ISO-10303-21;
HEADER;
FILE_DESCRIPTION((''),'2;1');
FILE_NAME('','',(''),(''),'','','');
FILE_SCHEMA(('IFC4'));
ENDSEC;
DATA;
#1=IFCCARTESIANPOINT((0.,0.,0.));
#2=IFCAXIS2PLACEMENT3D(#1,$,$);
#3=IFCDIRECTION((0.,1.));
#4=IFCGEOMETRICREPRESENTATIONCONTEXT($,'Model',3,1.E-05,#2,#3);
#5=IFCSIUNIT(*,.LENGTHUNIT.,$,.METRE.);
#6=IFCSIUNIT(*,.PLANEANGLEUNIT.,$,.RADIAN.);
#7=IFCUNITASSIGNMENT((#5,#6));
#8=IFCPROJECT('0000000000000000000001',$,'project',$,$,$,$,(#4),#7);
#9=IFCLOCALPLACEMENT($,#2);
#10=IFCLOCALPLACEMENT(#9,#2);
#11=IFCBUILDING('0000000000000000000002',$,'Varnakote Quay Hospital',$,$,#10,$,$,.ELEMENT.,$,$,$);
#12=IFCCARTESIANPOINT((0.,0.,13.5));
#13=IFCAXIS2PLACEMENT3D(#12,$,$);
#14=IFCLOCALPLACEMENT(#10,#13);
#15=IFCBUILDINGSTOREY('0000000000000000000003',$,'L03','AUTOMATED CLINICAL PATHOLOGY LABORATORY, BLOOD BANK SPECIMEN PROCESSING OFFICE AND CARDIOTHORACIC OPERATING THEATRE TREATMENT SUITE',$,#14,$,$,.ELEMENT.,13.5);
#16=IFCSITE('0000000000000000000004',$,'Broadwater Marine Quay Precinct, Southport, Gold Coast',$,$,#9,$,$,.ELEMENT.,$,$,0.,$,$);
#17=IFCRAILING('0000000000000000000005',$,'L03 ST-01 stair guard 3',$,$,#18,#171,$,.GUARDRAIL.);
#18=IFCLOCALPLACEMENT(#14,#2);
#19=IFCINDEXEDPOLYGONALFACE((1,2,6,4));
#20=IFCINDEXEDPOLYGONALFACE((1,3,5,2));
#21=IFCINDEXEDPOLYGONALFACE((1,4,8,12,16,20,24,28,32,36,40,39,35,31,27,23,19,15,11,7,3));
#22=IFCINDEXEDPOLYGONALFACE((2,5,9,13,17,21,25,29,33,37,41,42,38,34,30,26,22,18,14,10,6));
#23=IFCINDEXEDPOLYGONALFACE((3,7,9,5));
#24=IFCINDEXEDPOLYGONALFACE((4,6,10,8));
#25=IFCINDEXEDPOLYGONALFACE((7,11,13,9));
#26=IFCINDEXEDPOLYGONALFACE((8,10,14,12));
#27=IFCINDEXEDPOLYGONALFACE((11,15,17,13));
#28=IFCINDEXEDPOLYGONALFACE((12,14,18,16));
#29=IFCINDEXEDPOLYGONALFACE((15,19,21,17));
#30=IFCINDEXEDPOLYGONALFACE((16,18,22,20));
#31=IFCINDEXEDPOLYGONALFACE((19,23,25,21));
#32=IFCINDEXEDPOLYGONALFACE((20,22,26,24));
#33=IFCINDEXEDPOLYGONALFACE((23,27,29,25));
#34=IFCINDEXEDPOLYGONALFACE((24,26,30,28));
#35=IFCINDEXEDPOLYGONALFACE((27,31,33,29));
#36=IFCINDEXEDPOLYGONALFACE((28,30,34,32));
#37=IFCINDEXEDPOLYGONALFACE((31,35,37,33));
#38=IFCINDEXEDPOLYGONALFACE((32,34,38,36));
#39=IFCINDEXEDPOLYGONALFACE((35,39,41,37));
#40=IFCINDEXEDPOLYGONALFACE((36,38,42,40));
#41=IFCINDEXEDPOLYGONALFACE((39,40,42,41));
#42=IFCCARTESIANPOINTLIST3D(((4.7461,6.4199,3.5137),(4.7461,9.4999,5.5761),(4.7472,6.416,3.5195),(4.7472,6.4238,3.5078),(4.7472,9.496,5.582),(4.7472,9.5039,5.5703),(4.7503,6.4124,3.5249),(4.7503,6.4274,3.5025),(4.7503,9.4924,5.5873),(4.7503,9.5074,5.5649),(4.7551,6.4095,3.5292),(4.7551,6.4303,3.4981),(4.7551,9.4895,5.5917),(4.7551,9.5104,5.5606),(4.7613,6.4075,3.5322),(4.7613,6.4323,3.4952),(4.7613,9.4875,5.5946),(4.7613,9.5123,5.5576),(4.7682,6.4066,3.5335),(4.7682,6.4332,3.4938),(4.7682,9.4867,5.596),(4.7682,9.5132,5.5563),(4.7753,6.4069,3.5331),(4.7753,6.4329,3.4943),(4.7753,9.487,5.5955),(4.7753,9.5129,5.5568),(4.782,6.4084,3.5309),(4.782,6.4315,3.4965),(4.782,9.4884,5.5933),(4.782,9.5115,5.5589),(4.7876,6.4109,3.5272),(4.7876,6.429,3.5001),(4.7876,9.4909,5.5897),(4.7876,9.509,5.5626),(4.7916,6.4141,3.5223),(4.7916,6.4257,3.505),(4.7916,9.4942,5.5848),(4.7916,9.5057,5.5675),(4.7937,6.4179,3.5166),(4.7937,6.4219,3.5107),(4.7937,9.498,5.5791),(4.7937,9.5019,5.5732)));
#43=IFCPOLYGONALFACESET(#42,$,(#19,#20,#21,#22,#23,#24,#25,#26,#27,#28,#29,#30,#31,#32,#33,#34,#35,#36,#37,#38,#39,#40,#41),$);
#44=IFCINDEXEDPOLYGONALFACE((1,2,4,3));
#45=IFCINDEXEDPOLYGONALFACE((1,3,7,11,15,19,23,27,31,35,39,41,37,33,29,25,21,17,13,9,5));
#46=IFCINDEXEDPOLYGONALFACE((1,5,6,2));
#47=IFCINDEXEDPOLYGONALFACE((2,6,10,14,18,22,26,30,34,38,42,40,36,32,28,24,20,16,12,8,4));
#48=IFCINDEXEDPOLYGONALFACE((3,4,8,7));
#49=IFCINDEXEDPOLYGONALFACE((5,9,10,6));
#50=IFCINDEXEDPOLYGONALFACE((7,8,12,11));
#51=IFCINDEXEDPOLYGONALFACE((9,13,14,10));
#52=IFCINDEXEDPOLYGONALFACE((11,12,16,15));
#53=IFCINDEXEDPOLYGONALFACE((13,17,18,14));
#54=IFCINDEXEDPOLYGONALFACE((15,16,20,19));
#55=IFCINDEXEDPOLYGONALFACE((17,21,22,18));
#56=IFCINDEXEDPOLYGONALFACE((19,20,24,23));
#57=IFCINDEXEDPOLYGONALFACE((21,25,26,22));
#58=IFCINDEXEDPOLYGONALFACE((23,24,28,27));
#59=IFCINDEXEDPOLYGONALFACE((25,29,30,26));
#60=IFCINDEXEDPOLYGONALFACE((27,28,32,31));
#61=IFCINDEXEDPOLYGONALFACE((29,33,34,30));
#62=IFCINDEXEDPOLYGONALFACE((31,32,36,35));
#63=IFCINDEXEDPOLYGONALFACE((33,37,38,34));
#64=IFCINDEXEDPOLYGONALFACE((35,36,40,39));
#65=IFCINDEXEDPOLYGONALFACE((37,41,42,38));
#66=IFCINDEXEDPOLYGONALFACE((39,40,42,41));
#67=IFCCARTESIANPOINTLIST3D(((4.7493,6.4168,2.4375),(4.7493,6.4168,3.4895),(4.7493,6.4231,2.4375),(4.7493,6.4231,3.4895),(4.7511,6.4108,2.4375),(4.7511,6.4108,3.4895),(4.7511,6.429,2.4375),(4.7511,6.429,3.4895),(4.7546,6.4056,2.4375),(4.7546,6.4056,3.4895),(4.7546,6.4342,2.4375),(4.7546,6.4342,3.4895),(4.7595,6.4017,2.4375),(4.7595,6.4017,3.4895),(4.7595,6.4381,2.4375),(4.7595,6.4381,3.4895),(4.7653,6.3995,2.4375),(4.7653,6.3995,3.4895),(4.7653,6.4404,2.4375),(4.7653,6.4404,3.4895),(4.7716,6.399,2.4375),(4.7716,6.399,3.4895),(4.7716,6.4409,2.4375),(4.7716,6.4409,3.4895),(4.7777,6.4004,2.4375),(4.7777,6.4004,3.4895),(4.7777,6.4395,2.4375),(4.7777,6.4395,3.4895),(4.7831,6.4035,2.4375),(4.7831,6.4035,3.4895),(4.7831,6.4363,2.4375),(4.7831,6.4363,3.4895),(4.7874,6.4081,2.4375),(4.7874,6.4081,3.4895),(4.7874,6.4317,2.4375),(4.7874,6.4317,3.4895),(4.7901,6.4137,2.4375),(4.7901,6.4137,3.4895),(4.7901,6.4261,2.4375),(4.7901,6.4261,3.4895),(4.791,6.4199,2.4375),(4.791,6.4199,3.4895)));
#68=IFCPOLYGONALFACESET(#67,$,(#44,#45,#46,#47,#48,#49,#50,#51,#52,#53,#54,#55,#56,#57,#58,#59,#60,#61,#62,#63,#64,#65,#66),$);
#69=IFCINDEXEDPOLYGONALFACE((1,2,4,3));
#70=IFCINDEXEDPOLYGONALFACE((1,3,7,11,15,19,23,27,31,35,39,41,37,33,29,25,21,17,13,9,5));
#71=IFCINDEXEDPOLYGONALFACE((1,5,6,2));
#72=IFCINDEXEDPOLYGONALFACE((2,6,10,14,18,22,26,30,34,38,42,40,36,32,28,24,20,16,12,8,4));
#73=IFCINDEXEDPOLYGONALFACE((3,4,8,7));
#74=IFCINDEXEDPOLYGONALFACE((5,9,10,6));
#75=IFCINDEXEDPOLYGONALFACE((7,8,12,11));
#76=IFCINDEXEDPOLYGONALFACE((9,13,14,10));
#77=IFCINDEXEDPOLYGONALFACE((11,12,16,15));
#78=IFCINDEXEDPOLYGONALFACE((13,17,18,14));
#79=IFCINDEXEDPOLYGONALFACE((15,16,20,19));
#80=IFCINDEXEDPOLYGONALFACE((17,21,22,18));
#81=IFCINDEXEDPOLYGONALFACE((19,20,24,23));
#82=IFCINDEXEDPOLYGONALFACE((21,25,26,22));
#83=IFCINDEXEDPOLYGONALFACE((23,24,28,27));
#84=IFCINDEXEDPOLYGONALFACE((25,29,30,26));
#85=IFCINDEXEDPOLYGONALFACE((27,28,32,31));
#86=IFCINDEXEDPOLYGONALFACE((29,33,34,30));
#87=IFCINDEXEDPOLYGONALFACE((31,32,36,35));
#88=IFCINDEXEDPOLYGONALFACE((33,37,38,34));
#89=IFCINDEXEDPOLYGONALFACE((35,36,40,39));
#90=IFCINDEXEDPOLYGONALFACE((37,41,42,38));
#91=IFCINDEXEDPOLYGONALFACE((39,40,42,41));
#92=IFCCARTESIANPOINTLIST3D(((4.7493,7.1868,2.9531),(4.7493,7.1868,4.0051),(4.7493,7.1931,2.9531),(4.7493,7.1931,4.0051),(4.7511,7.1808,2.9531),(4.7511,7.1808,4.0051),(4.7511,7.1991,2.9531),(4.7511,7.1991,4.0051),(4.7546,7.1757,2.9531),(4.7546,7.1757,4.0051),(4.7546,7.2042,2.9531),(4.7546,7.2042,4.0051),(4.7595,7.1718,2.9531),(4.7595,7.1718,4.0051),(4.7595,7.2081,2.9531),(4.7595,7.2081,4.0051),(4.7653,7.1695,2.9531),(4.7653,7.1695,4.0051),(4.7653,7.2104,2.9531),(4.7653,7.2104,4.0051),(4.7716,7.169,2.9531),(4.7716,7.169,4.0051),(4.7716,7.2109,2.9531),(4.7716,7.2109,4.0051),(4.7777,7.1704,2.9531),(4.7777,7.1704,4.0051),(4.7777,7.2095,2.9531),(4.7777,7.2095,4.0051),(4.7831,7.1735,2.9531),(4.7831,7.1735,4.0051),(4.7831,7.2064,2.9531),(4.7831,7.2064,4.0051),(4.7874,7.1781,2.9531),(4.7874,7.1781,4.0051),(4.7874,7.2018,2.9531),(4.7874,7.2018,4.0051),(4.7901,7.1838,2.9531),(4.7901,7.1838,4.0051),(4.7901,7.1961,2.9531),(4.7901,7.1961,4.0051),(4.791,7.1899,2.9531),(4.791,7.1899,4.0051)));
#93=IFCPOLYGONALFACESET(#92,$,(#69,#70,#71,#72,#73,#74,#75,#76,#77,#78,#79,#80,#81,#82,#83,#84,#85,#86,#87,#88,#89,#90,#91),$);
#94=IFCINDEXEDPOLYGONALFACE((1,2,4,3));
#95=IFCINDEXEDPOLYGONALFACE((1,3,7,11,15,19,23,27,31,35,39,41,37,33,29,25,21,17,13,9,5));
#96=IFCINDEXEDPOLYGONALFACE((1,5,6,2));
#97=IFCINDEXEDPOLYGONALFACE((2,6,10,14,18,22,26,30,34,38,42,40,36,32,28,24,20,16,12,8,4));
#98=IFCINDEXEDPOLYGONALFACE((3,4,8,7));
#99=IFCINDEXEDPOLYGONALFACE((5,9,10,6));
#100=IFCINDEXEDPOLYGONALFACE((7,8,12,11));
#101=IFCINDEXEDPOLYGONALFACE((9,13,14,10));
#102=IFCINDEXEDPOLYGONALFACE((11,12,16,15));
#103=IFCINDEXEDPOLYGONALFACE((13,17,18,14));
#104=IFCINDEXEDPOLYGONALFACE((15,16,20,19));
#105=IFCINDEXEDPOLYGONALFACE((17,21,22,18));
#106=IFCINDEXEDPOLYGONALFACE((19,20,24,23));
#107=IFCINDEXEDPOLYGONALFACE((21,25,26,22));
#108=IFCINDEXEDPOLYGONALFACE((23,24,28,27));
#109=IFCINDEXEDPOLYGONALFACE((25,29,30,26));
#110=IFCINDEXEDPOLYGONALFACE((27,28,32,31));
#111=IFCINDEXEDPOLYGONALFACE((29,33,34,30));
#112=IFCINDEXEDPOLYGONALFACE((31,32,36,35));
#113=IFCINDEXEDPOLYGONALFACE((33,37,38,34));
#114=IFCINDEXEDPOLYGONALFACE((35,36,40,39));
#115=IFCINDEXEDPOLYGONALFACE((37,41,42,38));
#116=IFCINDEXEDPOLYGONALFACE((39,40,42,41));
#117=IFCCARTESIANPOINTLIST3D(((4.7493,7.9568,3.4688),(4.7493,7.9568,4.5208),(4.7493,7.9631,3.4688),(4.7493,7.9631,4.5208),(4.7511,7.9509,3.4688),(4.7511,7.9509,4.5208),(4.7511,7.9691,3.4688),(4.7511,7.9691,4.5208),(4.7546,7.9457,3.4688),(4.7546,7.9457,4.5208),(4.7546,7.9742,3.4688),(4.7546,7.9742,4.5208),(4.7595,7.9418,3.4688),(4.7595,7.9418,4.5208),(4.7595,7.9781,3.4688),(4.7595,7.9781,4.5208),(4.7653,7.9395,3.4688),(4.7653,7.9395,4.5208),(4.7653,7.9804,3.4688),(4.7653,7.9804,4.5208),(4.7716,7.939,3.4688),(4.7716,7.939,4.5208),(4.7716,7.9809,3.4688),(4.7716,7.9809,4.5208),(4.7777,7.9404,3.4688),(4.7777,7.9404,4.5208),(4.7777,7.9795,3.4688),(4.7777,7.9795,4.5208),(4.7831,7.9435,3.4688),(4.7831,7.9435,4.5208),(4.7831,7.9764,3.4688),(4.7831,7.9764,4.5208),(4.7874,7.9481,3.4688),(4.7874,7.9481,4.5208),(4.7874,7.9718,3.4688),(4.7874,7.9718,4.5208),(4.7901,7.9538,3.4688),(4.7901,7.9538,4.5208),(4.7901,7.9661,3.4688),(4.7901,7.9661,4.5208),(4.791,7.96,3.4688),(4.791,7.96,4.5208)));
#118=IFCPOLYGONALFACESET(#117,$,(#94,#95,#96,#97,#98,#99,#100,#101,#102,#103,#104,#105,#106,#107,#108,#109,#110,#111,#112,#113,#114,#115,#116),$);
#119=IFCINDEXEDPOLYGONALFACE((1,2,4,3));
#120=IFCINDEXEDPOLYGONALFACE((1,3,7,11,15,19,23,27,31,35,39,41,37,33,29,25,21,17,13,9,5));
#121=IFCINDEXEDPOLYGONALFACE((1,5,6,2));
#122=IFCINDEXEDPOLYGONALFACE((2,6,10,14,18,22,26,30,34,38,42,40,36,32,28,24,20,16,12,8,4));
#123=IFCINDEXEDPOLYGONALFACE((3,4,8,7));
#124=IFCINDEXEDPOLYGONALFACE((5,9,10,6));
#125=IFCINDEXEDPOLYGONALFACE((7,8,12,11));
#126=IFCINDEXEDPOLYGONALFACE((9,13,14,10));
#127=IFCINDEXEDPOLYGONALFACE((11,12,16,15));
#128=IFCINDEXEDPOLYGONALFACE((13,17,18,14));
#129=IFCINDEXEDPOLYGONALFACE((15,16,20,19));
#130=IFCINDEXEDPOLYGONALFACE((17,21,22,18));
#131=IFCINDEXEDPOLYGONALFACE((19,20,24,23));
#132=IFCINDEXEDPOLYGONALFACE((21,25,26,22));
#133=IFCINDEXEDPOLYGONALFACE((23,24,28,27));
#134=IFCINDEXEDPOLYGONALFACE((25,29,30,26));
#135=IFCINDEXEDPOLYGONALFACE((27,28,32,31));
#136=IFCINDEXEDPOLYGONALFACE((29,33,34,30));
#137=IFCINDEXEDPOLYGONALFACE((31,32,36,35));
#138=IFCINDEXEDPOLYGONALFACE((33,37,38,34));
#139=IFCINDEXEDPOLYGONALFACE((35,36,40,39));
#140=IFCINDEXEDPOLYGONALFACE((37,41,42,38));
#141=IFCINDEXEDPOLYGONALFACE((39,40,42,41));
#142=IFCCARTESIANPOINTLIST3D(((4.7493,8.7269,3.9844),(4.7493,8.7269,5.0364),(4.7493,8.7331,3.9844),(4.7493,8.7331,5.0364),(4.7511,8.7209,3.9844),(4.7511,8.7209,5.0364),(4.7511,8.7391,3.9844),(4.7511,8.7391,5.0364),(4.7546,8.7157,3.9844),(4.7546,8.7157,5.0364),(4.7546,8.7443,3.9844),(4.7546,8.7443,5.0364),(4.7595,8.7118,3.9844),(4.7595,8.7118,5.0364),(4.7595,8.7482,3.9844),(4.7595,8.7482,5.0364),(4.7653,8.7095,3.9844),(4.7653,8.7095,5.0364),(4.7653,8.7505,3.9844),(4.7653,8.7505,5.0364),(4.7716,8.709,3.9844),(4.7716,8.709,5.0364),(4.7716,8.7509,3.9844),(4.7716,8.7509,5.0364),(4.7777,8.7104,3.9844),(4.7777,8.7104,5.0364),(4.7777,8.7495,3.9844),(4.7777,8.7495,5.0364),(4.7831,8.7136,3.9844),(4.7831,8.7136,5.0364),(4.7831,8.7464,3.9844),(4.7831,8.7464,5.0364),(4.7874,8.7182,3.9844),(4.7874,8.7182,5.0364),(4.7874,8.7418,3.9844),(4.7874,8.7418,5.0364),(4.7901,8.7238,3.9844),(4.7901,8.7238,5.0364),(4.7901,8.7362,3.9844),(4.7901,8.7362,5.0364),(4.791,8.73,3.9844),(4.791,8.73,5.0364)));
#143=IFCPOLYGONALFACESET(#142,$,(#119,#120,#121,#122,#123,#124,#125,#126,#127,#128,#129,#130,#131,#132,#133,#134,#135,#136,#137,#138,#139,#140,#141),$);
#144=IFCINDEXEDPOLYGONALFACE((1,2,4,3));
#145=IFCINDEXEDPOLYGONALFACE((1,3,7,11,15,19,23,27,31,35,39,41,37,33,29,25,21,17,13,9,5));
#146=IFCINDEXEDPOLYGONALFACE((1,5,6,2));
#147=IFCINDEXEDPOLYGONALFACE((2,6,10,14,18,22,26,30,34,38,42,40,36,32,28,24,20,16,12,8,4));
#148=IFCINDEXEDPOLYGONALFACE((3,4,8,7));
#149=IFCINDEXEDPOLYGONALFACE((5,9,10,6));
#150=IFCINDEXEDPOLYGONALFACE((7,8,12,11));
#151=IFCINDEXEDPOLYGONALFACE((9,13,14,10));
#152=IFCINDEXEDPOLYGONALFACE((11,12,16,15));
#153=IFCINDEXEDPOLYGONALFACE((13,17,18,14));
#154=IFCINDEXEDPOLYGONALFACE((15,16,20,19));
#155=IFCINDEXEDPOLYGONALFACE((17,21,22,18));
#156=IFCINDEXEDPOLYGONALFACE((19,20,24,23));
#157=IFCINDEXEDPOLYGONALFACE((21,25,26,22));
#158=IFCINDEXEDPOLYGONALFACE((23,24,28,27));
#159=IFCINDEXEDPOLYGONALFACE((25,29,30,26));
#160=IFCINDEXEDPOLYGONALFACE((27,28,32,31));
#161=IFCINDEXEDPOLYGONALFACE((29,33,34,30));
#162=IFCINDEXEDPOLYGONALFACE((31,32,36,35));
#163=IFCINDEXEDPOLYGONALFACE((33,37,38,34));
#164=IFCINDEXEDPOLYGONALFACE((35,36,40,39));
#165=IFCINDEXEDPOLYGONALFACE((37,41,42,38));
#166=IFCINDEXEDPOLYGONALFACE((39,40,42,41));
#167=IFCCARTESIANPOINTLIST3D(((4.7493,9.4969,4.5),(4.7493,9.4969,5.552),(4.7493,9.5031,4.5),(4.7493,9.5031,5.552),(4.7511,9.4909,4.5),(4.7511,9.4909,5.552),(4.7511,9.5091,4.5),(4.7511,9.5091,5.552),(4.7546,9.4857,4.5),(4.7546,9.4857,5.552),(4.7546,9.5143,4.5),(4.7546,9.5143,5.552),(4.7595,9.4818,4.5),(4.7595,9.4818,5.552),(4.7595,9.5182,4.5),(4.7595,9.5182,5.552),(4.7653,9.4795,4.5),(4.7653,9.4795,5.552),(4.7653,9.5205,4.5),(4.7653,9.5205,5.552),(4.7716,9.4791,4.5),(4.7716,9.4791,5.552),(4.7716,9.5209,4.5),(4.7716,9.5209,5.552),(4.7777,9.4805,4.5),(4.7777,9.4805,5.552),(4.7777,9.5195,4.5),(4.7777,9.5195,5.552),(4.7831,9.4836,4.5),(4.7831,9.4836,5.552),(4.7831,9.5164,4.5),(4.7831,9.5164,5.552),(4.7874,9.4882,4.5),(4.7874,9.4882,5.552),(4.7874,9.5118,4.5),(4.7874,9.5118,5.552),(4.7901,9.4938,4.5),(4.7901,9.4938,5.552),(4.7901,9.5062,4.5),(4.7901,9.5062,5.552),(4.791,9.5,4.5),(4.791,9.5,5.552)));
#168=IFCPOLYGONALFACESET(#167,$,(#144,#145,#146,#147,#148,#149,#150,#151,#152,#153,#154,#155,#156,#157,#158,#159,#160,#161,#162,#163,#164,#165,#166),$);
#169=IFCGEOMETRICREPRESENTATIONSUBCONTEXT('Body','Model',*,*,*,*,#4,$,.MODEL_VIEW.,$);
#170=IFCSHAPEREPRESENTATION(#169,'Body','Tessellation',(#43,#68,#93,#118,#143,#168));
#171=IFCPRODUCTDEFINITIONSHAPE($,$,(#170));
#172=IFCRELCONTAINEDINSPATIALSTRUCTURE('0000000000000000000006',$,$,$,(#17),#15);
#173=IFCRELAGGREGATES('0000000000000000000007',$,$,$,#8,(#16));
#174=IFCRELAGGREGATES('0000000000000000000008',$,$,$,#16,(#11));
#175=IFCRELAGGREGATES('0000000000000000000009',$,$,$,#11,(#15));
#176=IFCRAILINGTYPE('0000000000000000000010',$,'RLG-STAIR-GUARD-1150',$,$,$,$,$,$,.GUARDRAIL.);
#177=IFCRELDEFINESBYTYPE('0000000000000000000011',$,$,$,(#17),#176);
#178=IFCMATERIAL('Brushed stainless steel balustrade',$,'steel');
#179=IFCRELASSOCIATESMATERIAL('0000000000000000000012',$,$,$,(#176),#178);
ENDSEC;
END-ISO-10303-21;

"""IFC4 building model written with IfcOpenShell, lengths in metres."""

from ifc_helpers import new_model, si_unit, direction, frame, origin, origin_2d, place, context, subcontext, project, spatial, circle, extrude, material, type_object, element, save


model = new_model("IFC4")

# Units and contexts
model_context = context("Model", 3, precision=1e-05, world=origin(), true_north=direction((0.0, 1.0)))
body_context = subcontext(model_context, "Body", "Model", "MODEL_VIEW")
ifc_project = project(units=[si_unit("LENGTHUNIT", "METRE"), si_unit("PLANEANGLEUNIT", "RADIAN")], contexts=[model_context])

# Site, building, storey
site_placement = place(None, origin())
site = spatial("IfcSite", under=ifc_project, at=site_placement, Name="Broadwater Marine Quay Precinct, Southport, Gold Coast", CompositionType="ELEMENT", RefElevation=0.0)
building_placement = place(site_placement, origin())
building = spatial("IfcBuilding", under=site, at=building_placement, Name="Varnakote Quay Hospital", CompositionType="ELEMENT")
storey_placement = place(building_placement, frame((0.0, 0.0, 13.5)))
storey = spatial("IfcBuildingStorey", under=building, at=storey_placement, Name="L03", Description="AUTOMATED CLINICAL PATHOLOGY LABORATORY, BLOOD BANK SPECIMEN PROCESSING OFFICE AND CARDIOTHORACIC OPERATING THEATRE TREATMENT SUITE", CompositionType="ELEMENT", Elevation=13.5)

# Railing
ifc_material_1 = material(Name="Brushed stainless steel balustrade", Category="steel")
railing_type_1 = type_object("IfcRailingType", Name="RLG-STAIR-GUARD-1150", PredefinedType="GUARDRAIL", material=ifc_material_1)
railing_1_placement = place(storey_placement, frame((4.77, 6.4199, 2.4375)))
element("IfcRailing", 1, at=railing_1_placement, inside=storey, type_object=railing_type_1, Name="L03 ST-01 stair guard 3", PredefinedType="GUARDRAIL", context=body_context, shape_type="SweptSolid", body=[
    extrude(circle(Radius=0.0239, at=origin_2d()), frame((0.0, 0.0, 1.0762), z_axis=(0.0, 0.830914, 0.556401), x_axis=(-1.0, 0.0, 0.0)), (0.0, 0.0, 1.0), 3.7068),
    extrude(circle(Radius=0.021, at=origin_2d()), origin(), (0.0, 0.0, 1.0), 1.052),
    extrude(circle(Radius=0.021, at=origin_2d()), frame((0.0, 0.77, 0.5156)), (0.0, 0.0, 1.0), 1.052),
    extrude(circle(Radius=0.021, at=origin_2d()), frame((0.0, 1.54, 1.0312)), (0.0, 0.0, 1.0), 1.052),
    extrude(circle(Radius=0.021, at=origin_2d()), frame((0.0, 2.3101, 1.5469)), (0.0, 0.0, 1.0), 1.052),
    extrude(circle(Radius=0.021, at=origin_2d()), frame((0.0, 3.0801, 2.0625)), (0.0, 0.0, 1.0), 1.052),
])

save(model, "model.ifc")
